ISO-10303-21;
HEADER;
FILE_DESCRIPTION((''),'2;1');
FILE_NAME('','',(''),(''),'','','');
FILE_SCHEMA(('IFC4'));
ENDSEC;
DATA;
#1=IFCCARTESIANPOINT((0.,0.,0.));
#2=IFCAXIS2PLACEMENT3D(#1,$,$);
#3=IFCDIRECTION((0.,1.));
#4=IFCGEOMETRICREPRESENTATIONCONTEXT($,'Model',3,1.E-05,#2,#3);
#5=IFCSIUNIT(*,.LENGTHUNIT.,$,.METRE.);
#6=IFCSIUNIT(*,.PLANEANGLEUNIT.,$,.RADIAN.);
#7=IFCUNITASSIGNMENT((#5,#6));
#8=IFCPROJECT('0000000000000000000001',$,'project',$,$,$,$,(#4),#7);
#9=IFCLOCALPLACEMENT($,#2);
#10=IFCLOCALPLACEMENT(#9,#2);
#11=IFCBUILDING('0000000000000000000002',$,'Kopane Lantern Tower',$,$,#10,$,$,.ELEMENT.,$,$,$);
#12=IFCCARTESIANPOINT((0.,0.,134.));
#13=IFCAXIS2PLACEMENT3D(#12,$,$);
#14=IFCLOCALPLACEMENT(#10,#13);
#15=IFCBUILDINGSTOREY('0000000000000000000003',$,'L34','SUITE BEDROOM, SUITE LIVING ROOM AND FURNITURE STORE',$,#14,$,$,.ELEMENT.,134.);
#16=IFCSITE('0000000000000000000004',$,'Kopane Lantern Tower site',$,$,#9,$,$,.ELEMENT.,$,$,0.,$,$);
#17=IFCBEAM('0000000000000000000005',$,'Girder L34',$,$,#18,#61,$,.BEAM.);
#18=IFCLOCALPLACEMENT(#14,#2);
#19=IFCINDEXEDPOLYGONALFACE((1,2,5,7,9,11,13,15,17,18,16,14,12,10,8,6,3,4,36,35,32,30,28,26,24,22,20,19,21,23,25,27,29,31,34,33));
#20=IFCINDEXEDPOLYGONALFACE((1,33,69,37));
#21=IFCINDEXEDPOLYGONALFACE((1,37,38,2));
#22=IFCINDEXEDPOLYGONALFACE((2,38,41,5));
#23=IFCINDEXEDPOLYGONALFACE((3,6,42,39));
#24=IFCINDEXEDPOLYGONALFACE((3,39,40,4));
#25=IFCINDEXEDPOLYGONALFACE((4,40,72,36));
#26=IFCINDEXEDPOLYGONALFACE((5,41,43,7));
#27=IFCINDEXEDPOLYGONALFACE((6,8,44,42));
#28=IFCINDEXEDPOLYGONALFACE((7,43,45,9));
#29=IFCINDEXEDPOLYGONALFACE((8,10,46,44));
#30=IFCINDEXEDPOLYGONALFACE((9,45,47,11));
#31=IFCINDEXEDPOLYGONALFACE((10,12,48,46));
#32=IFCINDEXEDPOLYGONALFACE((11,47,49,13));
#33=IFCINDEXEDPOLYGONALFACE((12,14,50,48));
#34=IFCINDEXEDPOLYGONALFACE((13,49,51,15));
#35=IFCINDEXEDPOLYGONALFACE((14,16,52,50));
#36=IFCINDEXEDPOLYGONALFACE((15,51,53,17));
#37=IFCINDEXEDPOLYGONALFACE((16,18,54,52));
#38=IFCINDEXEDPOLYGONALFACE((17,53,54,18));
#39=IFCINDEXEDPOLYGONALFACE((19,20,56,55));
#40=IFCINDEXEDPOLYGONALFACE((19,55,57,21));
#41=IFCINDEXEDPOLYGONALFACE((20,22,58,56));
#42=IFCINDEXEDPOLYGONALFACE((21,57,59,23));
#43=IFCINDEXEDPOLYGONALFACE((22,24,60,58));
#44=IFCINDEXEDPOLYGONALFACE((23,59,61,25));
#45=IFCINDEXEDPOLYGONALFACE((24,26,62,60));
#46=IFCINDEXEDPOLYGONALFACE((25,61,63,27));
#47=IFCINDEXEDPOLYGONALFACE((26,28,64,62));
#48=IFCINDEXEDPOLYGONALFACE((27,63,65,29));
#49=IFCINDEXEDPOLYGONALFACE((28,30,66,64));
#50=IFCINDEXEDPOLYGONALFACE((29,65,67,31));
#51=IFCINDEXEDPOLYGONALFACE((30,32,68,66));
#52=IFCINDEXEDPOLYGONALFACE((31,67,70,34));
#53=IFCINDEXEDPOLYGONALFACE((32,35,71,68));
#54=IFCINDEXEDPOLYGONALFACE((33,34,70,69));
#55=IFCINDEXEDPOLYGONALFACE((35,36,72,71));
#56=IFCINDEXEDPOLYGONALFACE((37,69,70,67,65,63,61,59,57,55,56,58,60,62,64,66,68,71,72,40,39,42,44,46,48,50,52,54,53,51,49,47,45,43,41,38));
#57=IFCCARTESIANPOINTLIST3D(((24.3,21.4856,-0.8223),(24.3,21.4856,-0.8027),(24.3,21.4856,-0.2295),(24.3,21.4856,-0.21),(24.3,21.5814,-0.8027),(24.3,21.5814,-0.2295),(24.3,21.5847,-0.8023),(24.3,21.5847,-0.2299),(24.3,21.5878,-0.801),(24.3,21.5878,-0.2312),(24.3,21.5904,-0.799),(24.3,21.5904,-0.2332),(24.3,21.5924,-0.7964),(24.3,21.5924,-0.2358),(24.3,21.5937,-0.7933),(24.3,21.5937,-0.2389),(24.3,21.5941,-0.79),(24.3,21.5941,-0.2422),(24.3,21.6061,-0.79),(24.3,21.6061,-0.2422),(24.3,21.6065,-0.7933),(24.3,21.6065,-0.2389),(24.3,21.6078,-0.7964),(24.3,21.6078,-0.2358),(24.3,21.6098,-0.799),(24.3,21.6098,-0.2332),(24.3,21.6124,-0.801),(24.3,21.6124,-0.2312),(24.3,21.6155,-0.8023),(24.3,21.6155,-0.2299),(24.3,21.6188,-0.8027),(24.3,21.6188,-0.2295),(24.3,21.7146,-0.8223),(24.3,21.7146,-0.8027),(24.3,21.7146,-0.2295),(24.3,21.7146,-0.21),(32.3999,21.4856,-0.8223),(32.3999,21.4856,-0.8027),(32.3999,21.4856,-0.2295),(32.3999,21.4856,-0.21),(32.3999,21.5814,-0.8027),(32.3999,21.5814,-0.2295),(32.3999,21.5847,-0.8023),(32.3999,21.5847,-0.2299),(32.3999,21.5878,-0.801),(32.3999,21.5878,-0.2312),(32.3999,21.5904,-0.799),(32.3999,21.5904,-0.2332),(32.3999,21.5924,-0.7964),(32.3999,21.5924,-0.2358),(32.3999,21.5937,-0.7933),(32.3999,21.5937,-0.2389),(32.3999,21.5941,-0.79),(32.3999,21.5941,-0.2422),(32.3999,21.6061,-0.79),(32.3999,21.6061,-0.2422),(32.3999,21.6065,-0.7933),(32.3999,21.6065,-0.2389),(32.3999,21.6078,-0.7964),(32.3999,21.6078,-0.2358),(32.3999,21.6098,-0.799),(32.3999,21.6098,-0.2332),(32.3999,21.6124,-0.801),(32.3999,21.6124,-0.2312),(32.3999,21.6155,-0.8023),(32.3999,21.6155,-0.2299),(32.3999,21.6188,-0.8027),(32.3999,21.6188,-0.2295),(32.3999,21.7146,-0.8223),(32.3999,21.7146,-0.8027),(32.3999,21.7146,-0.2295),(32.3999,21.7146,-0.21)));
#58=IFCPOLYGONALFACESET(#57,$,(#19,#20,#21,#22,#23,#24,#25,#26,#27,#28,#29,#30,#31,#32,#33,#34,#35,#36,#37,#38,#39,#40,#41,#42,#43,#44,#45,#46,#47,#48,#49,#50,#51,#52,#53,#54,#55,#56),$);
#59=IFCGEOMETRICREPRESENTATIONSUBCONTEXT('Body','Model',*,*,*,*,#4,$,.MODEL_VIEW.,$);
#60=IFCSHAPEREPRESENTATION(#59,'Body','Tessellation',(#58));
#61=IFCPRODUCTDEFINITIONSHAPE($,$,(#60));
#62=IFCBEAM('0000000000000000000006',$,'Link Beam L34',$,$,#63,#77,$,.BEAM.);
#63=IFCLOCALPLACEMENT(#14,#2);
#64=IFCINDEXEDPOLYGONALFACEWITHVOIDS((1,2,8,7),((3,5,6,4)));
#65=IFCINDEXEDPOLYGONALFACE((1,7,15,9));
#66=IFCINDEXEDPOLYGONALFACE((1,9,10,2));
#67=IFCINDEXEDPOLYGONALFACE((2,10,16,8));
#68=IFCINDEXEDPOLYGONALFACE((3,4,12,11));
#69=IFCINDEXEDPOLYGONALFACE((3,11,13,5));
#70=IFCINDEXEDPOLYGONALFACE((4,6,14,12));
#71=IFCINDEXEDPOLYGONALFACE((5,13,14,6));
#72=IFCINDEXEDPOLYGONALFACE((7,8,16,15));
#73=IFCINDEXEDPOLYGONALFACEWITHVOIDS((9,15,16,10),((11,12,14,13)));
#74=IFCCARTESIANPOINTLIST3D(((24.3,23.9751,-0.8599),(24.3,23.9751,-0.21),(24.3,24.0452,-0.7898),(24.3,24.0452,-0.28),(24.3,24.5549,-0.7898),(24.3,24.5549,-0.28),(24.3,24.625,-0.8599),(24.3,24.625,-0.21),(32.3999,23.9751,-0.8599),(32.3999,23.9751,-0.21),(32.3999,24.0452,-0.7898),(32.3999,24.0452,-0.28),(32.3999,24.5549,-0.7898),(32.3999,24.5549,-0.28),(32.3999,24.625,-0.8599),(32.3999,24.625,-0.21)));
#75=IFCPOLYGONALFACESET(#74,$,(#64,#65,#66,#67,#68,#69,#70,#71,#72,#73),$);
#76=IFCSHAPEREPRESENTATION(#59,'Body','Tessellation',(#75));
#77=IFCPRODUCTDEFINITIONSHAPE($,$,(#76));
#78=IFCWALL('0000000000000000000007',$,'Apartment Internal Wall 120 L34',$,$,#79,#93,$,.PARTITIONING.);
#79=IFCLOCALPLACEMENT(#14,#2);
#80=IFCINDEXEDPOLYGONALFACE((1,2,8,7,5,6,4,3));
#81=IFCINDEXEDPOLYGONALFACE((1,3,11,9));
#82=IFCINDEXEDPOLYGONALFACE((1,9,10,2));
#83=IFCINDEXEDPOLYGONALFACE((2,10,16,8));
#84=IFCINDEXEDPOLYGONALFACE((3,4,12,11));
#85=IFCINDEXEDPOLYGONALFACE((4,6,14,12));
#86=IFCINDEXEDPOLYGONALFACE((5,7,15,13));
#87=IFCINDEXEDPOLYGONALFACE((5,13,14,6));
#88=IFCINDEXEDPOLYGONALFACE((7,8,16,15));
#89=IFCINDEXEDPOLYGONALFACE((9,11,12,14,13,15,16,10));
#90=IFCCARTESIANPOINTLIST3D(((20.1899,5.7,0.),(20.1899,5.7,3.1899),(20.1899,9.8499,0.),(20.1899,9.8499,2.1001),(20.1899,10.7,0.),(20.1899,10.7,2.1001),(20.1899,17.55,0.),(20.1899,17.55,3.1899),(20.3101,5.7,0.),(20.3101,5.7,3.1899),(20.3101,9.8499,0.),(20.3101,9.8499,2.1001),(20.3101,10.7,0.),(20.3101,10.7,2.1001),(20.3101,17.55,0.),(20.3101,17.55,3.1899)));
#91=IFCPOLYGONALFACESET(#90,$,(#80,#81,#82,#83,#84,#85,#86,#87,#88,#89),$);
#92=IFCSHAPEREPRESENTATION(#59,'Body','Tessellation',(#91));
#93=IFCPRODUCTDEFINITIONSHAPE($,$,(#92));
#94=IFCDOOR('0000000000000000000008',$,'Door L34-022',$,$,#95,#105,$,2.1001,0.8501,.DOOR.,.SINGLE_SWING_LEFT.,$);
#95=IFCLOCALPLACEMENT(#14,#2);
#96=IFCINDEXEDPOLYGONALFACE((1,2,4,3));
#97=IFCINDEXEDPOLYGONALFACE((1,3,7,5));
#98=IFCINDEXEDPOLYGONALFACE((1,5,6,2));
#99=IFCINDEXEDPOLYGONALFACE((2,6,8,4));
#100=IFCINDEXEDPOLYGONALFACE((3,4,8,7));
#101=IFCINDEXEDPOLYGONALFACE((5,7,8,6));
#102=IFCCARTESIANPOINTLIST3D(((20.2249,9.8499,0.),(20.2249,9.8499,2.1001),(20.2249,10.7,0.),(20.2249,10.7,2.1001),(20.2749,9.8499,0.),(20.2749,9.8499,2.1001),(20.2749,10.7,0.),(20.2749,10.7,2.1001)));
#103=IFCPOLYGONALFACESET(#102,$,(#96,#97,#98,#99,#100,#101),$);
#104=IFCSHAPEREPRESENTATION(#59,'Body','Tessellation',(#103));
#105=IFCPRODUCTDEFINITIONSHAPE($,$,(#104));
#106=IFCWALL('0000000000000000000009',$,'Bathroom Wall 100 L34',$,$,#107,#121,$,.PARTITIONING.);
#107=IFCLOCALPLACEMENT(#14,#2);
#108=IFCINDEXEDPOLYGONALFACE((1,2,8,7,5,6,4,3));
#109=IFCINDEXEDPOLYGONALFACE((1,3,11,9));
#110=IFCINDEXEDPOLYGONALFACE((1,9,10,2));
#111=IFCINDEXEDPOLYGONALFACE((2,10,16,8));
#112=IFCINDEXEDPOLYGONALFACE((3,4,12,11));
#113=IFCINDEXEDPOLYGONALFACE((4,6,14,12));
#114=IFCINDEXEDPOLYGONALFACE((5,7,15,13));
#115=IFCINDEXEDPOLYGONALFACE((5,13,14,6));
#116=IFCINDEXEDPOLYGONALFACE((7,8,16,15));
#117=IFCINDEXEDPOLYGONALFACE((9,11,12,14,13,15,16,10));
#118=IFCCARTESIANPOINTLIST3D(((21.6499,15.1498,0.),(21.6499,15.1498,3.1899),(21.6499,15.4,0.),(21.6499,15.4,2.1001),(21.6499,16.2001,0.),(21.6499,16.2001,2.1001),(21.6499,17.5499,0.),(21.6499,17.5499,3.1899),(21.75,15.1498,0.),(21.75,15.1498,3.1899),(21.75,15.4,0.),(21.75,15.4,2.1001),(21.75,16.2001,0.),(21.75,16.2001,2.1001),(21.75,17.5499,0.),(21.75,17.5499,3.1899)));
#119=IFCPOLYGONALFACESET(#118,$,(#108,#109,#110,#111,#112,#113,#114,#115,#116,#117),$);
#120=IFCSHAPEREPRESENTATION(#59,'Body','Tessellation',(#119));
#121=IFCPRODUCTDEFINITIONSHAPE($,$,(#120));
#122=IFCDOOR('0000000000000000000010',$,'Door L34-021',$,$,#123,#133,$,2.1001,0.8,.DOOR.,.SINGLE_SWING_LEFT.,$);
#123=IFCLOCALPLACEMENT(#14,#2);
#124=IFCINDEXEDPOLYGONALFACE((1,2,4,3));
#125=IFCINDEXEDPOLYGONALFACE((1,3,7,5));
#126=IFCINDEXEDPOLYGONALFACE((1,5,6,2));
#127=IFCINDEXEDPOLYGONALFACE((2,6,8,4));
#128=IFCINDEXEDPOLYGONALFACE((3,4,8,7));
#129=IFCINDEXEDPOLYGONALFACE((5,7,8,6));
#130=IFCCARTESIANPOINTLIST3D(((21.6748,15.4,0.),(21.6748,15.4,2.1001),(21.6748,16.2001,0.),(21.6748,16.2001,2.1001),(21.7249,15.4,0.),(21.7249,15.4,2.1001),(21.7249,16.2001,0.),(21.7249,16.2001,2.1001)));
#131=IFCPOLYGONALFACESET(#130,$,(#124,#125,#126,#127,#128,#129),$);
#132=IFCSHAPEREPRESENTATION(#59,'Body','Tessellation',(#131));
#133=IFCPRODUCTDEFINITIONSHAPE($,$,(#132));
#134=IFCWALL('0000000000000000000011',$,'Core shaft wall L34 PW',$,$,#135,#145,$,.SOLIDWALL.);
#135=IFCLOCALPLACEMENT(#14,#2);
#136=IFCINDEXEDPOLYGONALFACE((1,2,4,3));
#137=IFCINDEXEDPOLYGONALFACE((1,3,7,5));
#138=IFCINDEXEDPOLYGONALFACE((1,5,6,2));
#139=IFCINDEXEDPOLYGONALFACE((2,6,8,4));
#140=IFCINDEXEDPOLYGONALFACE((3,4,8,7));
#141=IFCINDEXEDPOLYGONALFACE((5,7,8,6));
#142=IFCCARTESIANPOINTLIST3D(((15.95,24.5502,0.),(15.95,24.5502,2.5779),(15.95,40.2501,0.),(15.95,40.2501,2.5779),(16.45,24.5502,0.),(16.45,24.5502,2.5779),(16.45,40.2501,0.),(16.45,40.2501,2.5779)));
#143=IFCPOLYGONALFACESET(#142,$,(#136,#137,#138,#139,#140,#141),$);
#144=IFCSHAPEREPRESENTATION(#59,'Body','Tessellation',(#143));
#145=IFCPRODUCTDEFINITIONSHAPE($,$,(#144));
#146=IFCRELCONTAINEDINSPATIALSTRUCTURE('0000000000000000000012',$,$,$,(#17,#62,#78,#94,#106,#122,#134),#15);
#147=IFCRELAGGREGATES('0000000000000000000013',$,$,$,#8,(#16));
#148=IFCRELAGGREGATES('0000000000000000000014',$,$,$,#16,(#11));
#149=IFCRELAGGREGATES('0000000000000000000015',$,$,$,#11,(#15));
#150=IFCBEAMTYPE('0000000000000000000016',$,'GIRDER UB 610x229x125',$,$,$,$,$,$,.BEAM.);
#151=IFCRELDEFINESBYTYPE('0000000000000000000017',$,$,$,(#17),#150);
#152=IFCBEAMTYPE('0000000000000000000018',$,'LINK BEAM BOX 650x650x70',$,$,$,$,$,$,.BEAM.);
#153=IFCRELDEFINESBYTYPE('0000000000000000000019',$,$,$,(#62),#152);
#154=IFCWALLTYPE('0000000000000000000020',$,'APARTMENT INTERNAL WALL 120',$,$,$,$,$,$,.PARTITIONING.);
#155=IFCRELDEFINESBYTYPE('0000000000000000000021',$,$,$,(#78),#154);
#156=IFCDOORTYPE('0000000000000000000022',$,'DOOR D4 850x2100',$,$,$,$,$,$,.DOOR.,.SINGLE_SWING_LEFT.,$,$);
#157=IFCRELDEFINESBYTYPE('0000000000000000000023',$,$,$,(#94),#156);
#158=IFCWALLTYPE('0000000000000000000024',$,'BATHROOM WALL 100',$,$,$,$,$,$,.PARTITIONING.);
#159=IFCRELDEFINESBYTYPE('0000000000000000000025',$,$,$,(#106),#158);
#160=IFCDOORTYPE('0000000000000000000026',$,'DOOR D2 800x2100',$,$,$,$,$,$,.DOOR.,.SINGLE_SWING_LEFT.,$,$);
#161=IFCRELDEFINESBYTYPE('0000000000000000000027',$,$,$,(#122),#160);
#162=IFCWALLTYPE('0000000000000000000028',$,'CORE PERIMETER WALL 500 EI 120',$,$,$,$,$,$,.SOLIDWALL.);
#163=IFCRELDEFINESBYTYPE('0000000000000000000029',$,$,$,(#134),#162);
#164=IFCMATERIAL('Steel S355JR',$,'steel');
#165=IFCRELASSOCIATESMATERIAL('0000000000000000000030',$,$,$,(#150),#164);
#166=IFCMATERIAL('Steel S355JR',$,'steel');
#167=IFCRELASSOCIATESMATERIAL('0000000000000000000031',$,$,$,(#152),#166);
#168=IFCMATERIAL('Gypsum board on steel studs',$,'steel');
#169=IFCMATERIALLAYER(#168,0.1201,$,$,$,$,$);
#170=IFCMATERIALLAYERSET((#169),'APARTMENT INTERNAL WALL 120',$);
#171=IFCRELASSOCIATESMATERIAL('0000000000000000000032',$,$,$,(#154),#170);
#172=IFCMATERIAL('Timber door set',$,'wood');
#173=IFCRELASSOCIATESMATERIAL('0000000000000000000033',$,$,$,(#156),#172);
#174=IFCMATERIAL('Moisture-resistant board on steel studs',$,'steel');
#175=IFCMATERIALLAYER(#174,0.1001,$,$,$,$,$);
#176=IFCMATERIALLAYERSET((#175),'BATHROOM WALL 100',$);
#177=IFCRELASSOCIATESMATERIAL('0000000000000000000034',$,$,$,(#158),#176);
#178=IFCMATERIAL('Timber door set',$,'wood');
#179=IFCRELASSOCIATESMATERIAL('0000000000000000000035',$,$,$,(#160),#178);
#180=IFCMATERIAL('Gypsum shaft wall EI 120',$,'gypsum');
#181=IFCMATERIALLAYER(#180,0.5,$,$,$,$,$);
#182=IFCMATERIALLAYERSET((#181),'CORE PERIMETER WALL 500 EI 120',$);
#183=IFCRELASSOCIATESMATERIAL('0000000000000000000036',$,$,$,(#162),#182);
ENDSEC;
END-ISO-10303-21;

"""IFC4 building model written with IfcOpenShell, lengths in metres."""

from ifc_helpers import new_model, si_unit, direction, frame, frame_2d, origin, origin_2d, place, context, subcontext, project, spatial, rectangle, hollow_rectangle, i_section, extrude, material, layer, layer_set, material_profile, profile_set, type_object, element, fill, save


model = new_model("IFC4")

# Units and contexts
model_context = context("Model", 3, precision=1e-05, world=origin(), true_north=direction((0.0, 1.0)))
body_context = subcontext(model_context, "Body", "Model", "MODEL_VIEW")
ifc_project = project(units=[si_unit("LENGTHUNIT", "METRE"), si_unit("PLANEANGLEUNIT", "RADIAN")], contexts=[model_context])

# Site, building, storey
site_placement = place(None, origin())
site = spatial("IfcSite", under=ifc_project, at=site_placement, Name="Kopane Lantern Tower site", CompositionType="ELEMENT", RefElevation=0.0)
building_placement = place(site_placement, origin())
building = spatial("IfcBuilding", under=site, at=building_placement, Name="Kopane Lantern Tower", CompositionType="ELEMENT")
storey_placement = place(building_placement, frame((0.0, 0.0, 134.0)))
storey = spatial("IfcBuildingStorey", under=building, at=storey_placement, Name="L34", Description="SUITE BEDROOM, SUITE LIVING ROOM AND FURNITURE STORE", CompositionType="ELEMENT", Elevation=134.0)

# Beams
ifc_material_1 = material(Name="Steel S355JR", Category="steel")
ifc_material_profile_1 = material_profile(ifc_material_1, i_section(OverallWidth=0.229, OverallDepth=0.6123, WebThickness=0.012, FlangeThickness=0.0195, FilletRadius=0.0127, at=origin_2d()), Name="UB 610x229x125")
ifc_profile_set_1 = profile_set([ifc_material_profile_1], Name="Steel S355JR")
beam_type_1 = type_object("IfcBeamType", Name="GIRDER UB 610x229x125", PredefinedType="BEAM", material=ifc_profile_set_1)
beam_1_placement = place(storey_placement, frame((24.3, 21.6001, -0.5161), z_axis=(1.0, 0.0, 0.0), x_axis=(0.0, 1.0, 0.0)))
element("IfcBeam", 1, at=beam_1_placement, inside=storey, type_object=beam_type_1, Name="Girder L34", PredefinedType="BEAM", context=body_context, shape_type="SweptSolid", body=[
    extrude(i_section(OverallWidth=0.229, OverallDepth=0.6123, WebThickness=0.012, FlangeThickness=0.0195, FilletRadius=0.0127, at=origin_2d()), origin(), (0.0, 0.0, 1.0), 8.0999),
])
ifc_material_2 = material(Name="Steel S355JR", Category="steel")
ifc_material_profile_2 = material_profile(ifc_material_2, hollow_rectangle(XDim=0.6499, YDim=0.6499, WallThickness=0.0701, at=origin_2d()), Name="BOX 650x650x70")
ifc_profile_set_2 = profile_set([ifc_material_profile_2], Name="Steel S355JR")
beam_type_2 = type_object("IfcBeamType", Name="LINK BEAM BOX 650x650x70", PredefinedType="BEAM", material=ifc_profile_set_2)
beam_2_placement = place(storey_placement, frame((24.3, 24.3, -0.5349), z_axis=(1.0, 0.0, 0.0), x_axis=(0.0, 1.0, 0.0)))
element("IfcBeam", 2, at=beam_2_placement, inside=storey, type_object=beam_type_2, Name="Link Beam L34", PredefinedType="BEAM", context=body_context, shape_type="SweptSolid", body=[
    extrude(hollow_rectangle(XDim=0.6499, YDim=0.6499, WallThickness=0.0701, at=origin_2d()), origin(), (0.0, 0.0, 1.0), 8.0999),
])

# Walls, openings, doors
ifc_material_3 = material(Name="Gypsum board on steel studs", Category="steel")
ifc_layer_1 = layer(ifc_material_3, 0.1201)
ifc_layer_set_1 = layer_set([ifc_layer_1], Name="APARTMENT INTERNAL WALL 120")
wall_type_1 = type_object("IfcWallType", Name="APARTMENT INTERNAL WALL 120", PredefinedType="PARTITIONING", material=ifc_layer_set_1)
wall_1_placement = place(storey_placement, frame((20.25, 17.55, 0.0), z_axis=(0.0, 0.0, 1.0), x_axis=(0.0, -1.0, 0.0)))
wall_1 = element("IfcWall", 3, at=wall_1_placement, inside=storey, type_object=wall_type_1, Name="Apartment Internal Wall 120 L34", PredefinedType="PARTITIONING", context=body_context, shape_type="SweptSolid", body=[
    extrude(rectangle(XDim=11.8501, YDim=0.1201, at=frame_2d((5.925, 0.0))), origin(), (0.0, 0.0, 1.0), 3.1899),
])
opening_1_placement = place(wall_1_placement, frame((6.8501, 0.0, 0.0)))
opening_1 = element("IfcOpeningElement", 4, at=opening_1_placement, cuts=wall_1, PredefinedType="OPENING", context=body_context, shape_type="SweptSolid", body=[
    extrude(rectangle(XDim=0.8501, YDim=2.1001, at=frame_2d((0.425, 1.05))), frame((0.0, 0.0701, 0.0), z_axis=(0.0, -1.0, 0.0), x_axis=(1.0, 0.0, 0.0)), (0.0, 0.0, 1.0), 0.1401),
])
ifc_material_4 = material(Name="Timber door set", Category="wood")
door_type_1 = type_object("IfcDoorType", Name="DOOR D4 850x2100", OperationType="SINGLE_SWING_LEFT", PredefinedType="DOOR", material=ifc_material_4)
door_1_placement = place(opening_1_placement, origin())
door_1 = element("IfcDoor", 5, at=door_1_placement, inside=storey, type_object=door_type_1, Name="Door L34-022", OperationType="SINGLE_SWING_LEFT", OverallHeight=2.1001, OverallWidth=0.8501, PredefinedType="DOOR", context=body_context, shape_type="SweptSolid", body=[
    extrude(rectangle(XDim=0.8501, YDim=2.1001, at=frame_2d((0.425, 1.05))), frame((0.0, 0.0249, 0.0), z_axis=(0.0, -1.0, 0.0), x_axis=(1.0, 0.0, 0.0)), (0.0, 0.0, 1.0), 0.05),
])
fill(opening_1, door_1)
ifc_material_5 = material(Name="Moisture-resistant board on steel studs", Category="steel")
ifc_layer_2 = layer(ifc_material_5, 0.1001)
ifc_layer_set_2 = layer_set([ifc_layer_2], Name="BATHROOM WALL 100")
wall_type_2 = type_object("IfcWallType", Name="BATHROOM WALL 100", PredefinedType="PARTITIONING", material=ifc_layer_set_2)
wall_2_placement = place(storey_placement, frame((21.7, 17.55, 0.0), z_axis=(0.0, 0.0, 1.0), x_axis=(0.0, -1.0, 0.0)))
wall_2 = element("IfcWall", 6, at=wall_2_placement, inside=storey, type_object=wall_type_2, Name="Bathroom Wall 100 L34", PredefinedType="PARTITIONING", context=body_context, shape_type="SweptSolid", body=[
    extrude(rectangle(XDim=2.4001, YDim=0.1001, at=frame_2d((1.2002, 0.0))), origin(), (0.0, 0.0, 1.0), 3.1899),
])
opening_2_placement = place(wall_2_placement, frame((1.3501, 0.0, 0.0)))
opening_2 = element("IfcOpeningElement", 7, at=opening_2_placement, cuts=wall_2, PredefinedType="OPENING", context=body_context, shape_type="SweptSolid", body=[
    extrude(rectangle(XDim=0.8, YDim=2.1001, at=frame_2d((0.3999, 1.05))), frame((0.0, 0.0601, 0.0), z_axis=(0.0, -1.0, 0.0), x_axis=(1.0, 0.0, 0.0)), (0.0, 0.0, 1.0), 0.1201),
])
ifc_material_6 = material(Name="Timber door set", Category="wood")
door_type_2 = type_object("IfcDoorType", Name="DOOR D2 800x2100", OperationType="SINGLE_SWING_LEFT", PredefinedType="DOOR", material=ifc_material_6)
door_2_placement = place(opening_2_placement, origin())
door_2 = element("IfcDoor", 8, at=door_2_placement, inside=storey, type_object=door_type_2, Name="Door L34-021", OperationType="SINGLE_SWING_LEFT", OverallHeight=2.1001, OverallWidth=0.8, PredefinedType="DOOR", context=body_context, shape_type="SweptSolid", body=[
    extrude(rectangle(XDim=0.8, YDim=2.1001, at=frame_2d((0.3999, 1.05))), frame((0.0, 0.0249, 0.0), z_axis=(0.0, -1.0, 0.0), x_axis=(1.0, 0.0, 0.0)), (0.0, 0.0, 1.0), 0.05),
])
fill(opening_2, door_2)

# Wall
ifc_material_7 = material(Name="Gypsum shaft wall EI 120", Category="gypsum")
ifc_layer_3 = layer(ifc_material_7, 0.5)
ifc_layer_set_3 = layer_set([ifc_layer_3], Name="CORE PERIMETER WALL 500 EI 120")
wall_type_3 = type_object("IfcWallType", Name="CORE PERIMETER WALL 500 EI 120", PredefinedType="SOLIDWALL", material=ifc_layer_set_3)
wall_3_placement = place(storey_placement, frame((16.2, 24.55, 0.0), z_axis=(0.0, 0.0, 1.0), x_axis=(0.0, 1.0, 0.0)))
element("IfcWall", 9, at=wall_3_placement, inside=storey, type_object=wall_type_3, Name="Core shaft wall L34 PW", PredefinedType="SOLIDWALL", context=body_context, shape_type="SweptSolid", body=[
    extrude(rectangle(XDim=15.7, YDim=0.5, at=frame_2d((7.8501, 0.0))), origin(), (0.0, 0.0, 1.0), 2.5779),
])

save(model, "model.ifc")
